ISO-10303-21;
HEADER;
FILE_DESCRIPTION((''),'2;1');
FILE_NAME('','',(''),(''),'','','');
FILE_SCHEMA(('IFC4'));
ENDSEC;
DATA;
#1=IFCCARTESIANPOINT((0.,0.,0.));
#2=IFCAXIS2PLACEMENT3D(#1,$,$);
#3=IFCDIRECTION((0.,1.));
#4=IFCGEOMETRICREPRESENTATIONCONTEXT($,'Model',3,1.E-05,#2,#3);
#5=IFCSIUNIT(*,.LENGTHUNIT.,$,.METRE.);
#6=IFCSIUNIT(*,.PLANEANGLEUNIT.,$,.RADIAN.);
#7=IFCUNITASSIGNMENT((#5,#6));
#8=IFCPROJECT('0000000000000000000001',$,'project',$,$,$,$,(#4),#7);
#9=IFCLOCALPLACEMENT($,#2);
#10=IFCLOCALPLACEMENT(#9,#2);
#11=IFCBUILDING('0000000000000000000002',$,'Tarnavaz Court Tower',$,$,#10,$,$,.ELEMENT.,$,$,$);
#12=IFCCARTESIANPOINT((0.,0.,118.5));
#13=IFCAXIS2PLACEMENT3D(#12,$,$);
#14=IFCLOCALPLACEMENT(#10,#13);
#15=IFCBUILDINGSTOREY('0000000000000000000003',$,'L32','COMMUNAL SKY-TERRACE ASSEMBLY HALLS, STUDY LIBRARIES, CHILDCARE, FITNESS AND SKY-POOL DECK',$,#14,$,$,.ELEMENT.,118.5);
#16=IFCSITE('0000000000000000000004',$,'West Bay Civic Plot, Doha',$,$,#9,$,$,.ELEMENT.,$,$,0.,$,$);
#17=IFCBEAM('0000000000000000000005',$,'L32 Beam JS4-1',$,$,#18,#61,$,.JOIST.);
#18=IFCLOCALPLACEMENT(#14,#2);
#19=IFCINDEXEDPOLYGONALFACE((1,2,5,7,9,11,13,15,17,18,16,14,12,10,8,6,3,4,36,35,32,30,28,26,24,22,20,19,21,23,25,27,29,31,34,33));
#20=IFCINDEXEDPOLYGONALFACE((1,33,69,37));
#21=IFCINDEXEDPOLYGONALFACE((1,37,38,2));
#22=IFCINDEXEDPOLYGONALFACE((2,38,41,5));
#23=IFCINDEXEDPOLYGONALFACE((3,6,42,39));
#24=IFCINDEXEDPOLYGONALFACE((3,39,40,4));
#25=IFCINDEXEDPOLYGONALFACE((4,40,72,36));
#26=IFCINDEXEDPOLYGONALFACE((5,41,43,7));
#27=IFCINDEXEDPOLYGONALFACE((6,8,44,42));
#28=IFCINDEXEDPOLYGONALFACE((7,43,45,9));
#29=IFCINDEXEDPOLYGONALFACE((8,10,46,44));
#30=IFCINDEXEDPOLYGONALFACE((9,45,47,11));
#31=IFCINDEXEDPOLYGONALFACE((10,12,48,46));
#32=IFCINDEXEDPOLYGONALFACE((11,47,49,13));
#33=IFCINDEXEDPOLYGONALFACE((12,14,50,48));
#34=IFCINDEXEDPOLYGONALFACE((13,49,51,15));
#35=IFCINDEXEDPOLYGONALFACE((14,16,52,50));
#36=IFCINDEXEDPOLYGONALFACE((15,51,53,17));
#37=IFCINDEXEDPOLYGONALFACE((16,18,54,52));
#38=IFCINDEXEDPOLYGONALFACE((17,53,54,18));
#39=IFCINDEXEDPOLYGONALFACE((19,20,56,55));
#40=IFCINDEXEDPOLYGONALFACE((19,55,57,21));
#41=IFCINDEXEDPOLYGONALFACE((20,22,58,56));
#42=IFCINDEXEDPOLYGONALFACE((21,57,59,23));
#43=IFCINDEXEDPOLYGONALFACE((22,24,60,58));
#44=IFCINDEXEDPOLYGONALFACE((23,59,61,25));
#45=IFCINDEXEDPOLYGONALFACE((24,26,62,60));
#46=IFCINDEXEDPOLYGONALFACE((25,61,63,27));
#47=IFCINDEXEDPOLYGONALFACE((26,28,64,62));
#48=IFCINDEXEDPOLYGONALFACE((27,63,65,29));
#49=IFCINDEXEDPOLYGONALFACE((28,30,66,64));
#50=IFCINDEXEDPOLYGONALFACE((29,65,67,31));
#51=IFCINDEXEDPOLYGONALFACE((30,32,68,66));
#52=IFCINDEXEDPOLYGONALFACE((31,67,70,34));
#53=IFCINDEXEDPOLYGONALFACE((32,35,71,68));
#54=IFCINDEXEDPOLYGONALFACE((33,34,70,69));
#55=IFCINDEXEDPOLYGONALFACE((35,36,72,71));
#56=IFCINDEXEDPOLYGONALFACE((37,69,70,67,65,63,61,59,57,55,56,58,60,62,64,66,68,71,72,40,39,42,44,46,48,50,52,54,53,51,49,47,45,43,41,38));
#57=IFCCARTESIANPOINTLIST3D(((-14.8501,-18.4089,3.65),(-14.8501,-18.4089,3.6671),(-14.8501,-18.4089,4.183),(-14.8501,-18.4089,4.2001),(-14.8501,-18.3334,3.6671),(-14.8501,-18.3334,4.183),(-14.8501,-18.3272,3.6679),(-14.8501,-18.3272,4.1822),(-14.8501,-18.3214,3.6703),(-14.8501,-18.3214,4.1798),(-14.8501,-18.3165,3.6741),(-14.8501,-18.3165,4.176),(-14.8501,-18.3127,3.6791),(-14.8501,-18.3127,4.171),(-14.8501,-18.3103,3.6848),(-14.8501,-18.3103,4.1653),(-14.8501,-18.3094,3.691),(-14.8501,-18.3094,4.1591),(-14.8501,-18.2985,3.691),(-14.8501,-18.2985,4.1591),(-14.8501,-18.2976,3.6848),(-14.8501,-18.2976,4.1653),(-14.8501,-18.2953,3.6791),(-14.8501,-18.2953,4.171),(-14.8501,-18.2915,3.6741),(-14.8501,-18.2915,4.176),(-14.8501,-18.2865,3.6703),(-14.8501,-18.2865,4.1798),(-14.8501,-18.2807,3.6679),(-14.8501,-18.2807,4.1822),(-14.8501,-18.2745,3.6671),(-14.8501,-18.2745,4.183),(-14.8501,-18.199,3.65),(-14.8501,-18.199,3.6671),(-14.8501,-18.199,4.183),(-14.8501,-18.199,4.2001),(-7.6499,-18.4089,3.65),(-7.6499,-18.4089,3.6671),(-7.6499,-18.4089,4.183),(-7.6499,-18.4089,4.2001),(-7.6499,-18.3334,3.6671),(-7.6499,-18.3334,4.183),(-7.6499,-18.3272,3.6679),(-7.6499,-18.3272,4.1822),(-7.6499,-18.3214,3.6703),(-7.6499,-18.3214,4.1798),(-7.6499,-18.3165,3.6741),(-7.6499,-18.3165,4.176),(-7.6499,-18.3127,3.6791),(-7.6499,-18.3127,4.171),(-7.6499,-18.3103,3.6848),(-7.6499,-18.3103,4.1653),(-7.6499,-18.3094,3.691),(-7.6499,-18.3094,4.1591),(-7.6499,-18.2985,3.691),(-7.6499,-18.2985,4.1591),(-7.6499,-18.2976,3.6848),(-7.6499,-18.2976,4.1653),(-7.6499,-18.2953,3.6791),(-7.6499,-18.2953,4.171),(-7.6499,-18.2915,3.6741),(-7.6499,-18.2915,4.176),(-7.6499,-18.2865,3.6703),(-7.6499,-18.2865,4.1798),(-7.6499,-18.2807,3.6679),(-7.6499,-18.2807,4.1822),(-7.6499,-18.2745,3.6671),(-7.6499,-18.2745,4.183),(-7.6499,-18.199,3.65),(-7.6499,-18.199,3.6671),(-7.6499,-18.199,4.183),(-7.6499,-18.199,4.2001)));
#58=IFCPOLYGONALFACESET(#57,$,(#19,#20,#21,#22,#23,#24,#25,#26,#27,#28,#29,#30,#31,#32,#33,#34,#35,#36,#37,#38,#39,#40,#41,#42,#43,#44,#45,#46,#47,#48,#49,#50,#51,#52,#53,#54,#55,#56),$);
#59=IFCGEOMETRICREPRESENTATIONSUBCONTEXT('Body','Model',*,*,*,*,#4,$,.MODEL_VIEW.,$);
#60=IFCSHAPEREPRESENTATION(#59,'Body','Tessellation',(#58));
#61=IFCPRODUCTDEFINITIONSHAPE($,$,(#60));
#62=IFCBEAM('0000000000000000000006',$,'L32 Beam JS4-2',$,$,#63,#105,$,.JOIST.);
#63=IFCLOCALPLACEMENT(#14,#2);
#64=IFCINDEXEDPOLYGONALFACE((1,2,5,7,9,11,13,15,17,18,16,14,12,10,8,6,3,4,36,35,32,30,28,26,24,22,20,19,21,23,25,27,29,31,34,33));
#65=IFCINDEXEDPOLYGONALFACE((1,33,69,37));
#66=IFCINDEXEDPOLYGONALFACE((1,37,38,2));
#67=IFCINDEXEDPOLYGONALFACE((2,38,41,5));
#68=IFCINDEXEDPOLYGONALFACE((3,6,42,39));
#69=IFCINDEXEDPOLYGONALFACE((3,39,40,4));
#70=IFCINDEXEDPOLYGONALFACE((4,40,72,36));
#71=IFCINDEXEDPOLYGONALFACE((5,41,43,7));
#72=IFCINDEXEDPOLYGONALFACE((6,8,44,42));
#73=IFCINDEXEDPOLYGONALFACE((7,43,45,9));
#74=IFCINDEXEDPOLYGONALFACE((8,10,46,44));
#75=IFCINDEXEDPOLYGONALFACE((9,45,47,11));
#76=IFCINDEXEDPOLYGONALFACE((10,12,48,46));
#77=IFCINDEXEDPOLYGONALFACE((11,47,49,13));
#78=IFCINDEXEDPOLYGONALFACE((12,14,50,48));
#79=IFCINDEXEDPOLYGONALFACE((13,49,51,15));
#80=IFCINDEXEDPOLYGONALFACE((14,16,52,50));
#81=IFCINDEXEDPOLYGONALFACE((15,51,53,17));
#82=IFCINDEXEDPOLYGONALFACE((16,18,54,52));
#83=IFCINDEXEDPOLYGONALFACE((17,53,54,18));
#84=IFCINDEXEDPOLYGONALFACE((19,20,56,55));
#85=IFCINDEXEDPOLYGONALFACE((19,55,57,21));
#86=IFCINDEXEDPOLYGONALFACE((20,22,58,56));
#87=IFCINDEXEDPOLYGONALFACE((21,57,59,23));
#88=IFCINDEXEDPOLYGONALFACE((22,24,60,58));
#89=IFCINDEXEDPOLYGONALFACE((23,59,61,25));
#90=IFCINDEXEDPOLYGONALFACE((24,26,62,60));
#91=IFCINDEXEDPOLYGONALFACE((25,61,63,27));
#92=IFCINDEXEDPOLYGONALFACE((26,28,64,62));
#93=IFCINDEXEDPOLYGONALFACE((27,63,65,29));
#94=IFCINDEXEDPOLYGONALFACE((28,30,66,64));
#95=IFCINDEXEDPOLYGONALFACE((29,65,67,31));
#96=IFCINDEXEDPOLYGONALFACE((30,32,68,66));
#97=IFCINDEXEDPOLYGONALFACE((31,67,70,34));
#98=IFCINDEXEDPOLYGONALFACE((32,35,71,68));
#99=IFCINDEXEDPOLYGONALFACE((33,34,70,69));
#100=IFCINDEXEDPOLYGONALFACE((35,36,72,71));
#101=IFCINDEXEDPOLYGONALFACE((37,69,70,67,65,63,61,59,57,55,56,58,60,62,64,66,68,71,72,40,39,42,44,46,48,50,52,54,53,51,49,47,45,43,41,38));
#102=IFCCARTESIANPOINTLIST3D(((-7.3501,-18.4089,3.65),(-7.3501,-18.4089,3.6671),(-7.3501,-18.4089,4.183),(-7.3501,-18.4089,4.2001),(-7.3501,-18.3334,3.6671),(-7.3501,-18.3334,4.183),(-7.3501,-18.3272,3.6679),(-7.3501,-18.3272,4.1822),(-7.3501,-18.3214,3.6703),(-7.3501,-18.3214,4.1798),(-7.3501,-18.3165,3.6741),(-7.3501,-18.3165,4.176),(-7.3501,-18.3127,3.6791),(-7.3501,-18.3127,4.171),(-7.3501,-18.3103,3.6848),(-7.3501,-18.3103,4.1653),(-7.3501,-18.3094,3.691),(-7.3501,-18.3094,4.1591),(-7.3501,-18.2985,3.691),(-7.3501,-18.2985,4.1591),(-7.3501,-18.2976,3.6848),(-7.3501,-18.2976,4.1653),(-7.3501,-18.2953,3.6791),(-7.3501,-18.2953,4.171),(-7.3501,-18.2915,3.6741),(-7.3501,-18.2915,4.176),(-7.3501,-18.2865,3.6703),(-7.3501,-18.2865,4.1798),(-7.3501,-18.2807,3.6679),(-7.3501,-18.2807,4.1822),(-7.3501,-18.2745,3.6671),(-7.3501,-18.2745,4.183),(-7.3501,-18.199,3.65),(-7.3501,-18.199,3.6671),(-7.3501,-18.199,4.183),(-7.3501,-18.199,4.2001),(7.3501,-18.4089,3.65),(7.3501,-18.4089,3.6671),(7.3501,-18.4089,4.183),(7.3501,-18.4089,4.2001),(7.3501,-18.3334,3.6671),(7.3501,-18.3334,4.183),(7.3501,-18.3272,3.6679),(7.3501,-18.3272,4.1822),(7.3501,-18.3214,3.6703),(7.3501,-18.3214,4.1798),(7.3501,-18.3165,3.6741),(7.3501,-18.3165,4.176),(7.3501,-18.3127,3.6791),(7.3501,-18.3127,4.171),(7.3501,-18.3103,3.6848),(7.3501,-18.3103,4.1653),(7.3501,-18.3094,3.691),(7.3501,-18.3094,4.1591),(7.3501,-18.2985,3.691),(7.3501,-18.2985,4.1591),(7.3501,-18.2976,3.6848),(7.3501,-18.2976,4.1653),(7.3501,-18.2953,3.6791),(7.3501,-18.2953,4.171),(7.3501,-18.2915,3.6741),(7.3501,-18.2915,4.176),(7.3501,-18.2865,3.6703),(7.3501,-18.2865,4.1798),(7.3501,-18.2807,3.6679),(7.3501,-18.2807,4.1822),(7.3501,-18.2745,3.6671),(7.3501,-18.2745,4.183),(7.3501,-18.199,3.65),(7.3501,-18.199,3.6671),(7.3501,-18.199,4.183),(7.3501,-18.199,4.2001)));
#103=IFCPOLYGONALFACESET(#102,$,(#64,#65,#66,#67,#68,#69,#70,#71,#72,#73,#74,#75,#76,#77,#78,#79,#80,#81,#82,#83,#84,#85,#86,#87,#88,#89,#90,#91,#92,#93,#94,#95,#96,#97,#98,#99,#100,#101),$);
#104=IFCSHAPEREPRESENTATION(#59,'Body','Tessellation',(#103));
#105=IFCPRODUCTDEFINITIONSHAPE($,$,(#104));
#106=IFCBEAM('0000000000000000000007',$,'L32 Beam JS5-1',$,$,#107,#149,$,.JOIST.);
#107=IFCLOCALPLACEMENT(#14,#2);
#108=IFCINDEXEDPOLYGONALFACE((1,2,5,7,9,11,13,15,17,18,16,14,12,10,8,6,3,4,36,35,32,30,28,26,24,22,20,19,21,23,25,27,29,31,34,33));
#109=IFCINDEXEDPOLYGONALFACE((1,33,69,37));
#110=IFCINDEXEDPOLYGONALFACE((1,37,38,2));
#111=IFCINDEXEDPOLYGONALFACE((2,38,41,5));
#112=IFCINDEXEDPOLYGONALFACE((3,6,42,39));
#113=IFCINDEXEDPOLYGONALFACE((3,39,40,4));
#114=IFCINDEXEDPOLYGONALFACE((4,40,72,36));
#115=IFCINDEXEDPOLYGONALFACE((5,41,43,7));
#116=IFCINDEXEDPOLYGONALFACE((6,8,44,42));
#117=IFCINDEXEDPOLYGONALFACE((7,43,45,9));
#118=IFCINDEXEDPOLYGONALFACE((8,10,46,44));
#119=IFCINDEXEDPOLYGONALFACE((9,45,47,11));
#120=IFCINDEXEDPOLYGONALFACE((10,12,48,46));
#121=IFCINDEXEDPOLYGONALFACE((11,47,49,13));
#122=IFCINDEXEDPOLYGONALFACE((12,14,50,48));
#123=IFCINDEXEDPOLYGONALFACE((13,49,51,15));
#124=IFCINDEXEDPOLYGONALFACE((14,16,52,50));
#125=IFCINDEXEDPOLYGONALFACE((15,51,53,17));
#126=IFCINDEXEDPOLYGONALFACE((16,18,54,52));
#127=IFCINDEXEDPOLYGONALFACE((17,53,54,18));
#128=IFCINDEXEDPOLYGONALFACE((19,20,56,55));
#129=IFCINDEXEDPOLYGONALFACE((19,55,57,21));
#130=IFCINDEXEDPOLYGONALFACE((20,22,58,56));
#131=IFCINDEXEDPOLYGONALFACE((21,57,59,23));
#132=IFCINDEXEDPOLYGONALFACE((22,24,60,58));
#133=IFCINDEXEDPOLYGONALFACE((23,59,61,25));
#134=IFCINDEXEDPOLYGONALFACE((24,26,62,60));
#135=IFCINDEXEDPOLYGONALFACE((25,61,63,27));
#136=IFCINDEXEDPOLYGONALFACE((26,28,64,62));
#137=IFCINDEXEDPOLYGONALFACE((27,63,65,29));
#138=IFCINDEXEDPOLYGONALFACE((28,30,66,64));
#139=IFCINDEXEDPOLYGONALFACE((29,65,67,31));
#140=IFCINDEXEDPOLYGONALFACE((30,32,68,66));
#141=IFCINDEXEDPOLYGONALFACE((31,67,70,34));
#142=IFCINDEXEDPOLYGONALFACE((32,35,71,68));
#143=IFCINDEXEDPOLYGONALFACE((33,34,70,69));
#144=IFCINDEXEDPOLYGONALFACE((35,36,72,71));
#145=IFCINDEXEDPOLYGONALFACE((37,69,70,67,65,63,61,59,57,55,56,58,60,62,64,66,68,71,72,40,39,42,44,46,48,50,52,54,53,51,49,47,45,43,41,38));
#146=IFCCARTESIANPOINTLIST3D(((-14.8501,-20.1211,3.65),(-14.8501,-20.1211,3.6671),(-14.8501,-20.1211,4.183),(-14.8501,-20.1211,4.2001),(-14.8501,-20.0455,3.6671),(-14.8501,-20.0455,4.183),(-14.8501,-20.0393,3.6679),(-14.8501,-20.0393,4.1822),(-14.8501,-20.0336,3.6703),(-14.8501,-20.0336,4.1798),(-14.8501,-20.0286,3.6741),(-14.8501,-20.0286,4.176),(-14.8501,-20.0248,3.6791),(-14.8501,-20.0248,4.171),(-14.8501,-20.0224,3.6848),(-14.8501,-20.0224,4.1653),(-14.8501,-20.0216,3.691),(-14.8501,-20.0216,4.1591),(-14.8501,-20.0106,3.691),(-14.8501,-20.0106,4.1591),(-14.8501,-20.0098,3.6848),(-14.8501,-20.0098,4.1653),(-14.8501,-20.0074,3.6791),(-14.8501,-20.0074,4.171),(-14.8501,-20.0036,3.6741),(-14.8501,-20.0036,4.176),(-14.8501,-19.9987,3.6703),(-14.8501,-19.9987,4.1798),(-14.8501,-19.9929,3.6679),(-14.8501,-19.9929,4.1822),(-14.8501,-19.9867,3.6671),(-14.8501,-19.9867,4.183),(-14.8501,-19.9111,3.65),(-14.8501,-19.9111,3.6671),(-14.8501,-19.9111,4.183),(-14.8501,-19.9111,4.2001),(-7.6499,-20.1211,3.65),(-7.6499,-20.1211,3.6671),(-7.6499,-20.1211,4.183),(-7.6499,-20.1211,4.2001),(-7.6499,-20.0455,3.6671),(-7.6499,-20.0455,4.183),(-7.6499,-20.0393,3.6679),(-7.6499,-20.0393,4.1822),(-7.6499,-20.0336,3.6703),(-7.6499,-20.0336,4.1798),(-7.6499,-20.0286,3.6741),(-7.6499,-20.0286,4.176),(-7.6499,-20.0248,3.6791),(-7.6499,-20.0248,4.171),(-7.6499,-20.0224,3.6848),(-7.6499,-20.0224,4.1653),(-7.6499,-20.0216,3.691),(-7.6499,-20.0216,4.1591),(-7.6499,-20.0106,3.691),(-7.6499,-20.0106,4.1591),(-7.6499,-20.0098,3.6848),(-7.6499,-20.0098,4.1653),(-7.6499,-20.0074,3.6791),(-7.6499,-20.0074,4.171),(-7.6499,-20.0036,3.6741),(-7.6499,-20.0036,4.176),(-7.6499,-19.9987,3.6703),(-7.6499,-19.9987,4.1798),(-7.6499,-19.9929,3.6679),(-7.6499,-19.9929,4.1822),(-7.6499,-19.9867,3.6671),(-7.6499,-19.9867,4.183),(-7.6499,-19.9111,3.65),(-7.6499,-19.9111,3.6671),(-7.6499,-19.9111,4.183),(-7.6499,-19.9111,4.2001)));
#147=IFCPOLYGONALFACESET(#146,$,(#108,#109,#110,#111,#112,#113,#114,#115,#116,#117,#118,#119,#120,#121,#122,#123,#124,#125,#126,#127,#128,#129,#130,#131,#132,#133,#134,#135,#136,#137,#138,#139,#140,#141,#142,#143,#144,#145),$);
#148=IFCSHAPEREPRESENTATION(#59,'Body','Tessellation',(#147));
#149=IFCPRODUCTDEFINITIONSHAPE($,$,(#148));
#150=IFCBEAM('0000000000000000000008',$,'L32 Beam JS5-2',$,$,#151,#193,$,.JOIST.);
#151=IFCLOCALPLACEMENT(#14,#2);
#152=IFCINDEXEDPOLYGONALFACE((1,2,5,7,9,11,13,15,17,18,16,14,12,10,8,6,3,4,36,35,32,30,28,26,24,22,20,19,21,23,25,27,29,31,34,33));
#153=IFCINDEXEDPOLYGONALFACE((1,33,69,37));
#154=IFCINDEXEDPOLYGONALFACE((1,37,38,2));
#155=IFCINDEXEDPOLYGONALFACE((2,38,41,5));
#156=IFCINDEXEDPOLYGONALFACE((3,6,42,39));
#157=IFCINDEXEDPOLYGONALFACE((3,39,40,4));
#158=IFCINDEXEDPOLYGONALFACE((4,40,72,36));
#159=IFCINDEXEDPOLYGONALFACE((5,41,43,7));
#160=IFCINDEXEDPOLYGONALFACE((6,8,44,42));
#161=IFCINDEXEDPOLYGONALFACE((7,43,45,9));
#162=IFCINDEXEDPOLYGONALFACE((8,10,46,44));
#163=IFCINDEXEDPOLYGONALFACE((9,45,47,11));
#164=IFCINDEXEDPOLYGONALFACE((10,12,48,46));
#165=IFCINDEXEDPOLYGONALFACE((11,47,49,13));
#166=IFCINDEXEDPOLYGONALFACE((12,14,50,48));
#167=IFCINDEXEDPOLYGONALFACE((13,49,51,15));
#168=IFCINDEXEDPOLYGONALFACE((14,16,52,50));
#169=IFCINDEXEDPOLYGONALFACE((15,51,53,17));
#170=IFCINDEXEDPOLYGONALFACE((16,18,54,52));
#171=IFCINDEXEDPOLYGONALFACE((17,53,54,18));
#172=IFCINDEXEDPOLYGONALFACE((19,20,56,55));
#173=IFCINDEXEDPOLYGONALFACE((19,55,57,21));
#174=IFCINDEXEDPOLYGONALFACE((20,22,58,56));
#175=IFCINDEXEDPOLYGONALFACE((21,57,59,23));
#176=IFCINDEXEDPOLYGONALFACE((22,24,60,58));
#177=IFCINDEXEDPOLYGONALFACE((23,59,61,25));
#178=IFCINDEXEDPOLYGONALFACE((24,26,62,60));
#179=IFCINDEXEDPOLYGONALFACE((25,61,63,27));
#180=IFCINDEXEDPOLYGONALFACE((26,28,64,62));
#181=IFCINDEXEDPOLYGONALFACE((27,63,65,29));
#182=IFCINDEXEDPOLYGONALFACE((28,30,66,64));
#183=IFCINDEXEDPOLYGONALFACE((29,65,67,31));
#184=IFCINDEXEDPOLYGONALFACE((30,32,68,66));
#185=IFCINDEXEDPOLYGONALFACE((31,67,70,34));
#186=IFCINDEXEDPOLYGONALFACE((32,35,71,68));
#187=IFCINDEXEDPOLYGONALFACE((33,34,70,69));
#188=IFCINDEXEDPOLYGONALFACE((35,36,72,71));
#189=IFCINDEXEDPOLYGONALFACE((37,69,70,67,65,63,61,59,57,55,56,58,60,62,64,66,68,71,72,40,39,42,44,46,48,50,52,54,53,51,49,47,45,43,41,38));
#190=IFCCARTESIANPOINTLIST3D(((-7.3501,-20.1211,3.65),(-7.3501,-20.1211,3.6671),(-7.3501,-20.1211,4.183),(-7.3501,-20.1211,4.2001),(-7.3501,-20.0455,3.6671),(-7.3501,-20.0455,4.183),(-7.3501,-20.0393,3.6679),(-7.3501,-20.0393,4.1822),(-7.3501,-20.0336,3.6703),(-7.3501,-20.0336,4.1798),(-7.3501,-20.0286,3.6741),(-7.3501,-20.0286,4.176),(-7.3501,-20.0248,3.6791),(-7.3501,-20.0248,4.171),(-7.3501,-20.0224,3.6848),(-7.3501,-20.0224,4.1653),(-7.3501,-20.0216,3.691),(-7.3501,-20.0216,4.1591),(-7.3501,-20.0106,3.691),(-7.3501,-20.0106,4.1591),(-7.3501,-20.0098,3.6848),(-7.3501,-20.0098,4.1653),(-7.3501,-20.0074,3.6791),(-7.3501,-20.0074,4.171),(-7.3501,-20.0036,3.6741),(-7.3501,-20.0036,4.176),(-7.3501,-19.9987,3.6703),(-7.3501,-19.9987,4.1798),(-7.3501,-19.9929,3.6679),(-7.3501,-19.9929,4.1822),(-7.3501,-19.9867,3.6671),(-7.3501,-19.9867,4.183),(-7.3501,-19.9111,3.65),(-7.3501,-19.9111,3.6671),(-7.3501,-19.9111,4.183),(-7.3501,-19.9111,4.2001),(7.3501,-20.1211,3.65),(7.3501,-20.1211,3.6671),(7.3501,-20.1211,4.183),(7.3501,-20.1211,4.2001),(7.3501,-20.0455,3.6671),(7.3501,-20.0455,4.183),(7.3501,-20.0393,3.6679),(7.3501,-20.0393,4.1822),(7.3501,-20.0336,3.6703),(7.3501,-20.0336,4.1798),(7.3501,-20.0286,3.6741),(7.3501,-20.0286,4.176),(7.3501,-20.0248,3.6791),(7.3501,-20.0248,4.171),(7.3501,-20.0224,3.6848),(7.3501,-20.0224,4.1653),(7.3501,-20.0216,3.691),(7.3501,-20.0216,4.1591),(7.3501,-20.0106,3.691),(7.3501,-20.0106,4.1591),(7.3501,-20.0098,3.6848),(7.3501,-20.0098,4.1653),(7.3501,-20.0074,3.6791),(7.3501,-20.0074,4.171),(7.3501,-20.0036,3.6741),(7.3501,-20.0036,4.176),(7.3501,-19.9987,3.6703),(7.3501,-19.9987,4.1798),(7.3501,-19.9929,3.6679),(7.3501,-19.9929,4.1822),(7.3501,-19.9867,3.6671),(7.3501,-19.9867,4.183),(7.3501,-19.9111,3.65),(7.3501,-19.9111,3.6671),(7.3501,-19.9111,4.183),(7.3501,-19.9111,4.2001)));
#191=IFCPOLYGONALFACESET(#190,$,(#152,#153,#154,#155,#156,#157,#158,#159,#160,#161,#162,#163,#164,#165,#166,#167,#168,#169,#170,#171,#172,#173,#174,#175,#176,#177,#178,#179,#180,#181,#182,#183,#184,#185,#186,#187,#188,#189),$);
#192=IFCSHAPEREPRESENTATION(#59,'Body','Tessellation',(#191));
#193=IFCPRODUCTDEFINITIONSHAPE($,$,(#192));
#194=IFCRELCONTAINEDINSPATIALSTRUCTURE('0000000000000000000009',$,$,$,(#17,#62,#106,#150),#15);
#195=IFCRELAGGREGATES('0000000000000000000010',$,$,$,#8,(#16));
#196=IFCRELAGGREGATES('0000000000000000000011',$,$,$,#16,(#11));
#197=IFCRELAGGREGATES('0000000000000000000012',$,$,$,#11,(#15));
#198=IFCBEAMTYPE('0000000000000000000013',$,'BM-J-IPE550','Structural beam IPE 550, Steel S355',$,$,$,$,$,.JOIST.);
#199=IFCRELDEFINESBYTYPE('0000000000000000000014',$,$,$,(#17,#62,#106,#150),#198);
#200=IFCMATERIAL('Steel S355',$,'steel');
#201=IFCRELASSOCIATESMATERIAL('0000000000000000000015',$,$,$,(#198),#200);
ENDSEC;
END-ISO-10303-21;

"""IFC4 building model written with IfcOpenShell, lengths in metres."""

from ifc_helpers import new_model, si_unit, direction, frame, origin, origin_2d, place, context, subcontext, project, spatial, i_section, extrude, material, material_profile, profile_set, type_object, element, save


model = new_model("IFC4")

# Units and contexts
model_context = context("Model", 3, precision=1e-05, world=origin(), true_north=direction((0.0, 1.0)))
body_context = subcontext(model_context, "Body", "Model", "MODEL_VIEW")
ifc_project = project(units=[si_unit("LENGTHUNIT", "METRE"), si_unit("PLANEANGLEUNIT", "RADIAN")], contexts=[model_context])

# Site, building, storey
site_placement = place(None, origin())
site = spatial("IfcSite", under=ifc_project, at=site_placement, Name="West Bay Civic Plot, Doha", CompositionType="ELEMENT", RefElevation=0.0)
building_placement = place(site_placement, origin())
building = spatial("IfcBuilding", under=site, at=building_placement, Name="Tarnavaz Court Tower", CompositionType="ELEMENT")
storey_placement = place(building_placement, frame((0.0, 0.0, 118.5)))
storey = spatial("IfcBuildingStorey", under=building, at=storey_placement, Name="L32", Description="COMMUNAL SKY-TERRACE ASSEMBLY HALLS, STUDY LIBRARIES, CHILDCARE, FITNESS AND SKY-POOL DECK", CompositionType="ELEMENT", Elevation=118.5)

# Beams
ifc_material_1 = material(Name="Steel S355", Category="steel")
ifc_material_profile_1 = material_profile(ifc_material_1, i_section(OverallWidth=0.21, OverallDepth=0.55, WebThickness=0.011, FlangeThickness=0.0171, FilletRadius=0.0239, at=origin_2d()), Name="IPE 550")
ifc_profile_set_1 = profile_set([ifc_material_profile_1], Name="Steel S355")
beam_type_1 = type_object("IfcBeamType", Name="BM-J-IPE550", Description="Structural beam IPE 550, Steel S355", PredefinedType="JOIST", material=ifc_profile_set_1)
beam_1_placement = place(storey_placement, frame((-14.8501, -18.304, 3.925), z_axis=(1.0, 0.0, 0.0), x_axis=(0.0, 1.0, 0.0)))
element("IfcBeam", 1, at=beam_1_placement, inside=storey, type_object=beam_type_1, Name="L32 Beam JS4-1", PredefinedType="JOIST", context=body_context, shape_type="SweptSolid", body=[
    extrude(i_section(OverallWidth=0.21, OverallDepth=0.55, WebThickness=0.011, FlangeThickness=0.0171, FilletRadius=0.0239, at=origin_2d()), origin(), (0.0, 0.0, 1.0), 7.2002),
])
beam_2_placement = place(storey_placement, frame((-7.3501, -18.304, 3.925), z_axis=(1.0, 0.0, 0.0), x_axis=(0.0, 1.0, 0.0)))
element("IfcBeam", 2, at=beam_2_placement, inside=storey, type_object=beam_type_1, Name="L32 Beam JS4-2", PredefinedType="JOIST", context=body_context, shape_type="SweptSolid", body=[
    extrude(i_section(OverallWidth=0.21, OverallDepth=0.55, WebThickness=0.011, FlangeThickness=0.0171, FilletRadius=0.0239, at=origin_2d()), origin(), (0.0, 0.0, 1.0), 14.7002),
])
beam_3_placement = place(storey_placement, frame((-14.8501, -20.0161, 3.925), z_axis=(1.0, 0.0, 0.0), x_axis=(0.0, 1.0, 0.0)))
element("IfcBeam", 3, at=beam_3_placement, inside=storey, type_object=beam_type_1, Name="L32 Beam JS5-1", PredefinedType="JOIST", context=body_context, shape_type="SweptSolid", body=[
    extrude(i_section(OverallWidth=0.21, OverallDepth=0.55, WebThickness=0.011, FlangeThickness=0.0171, FilletRadius=0.0239, at=origin_2d()), origin(), (0.0, 0.0, 1.0), 7.2002),
])
beam_4_placement = place(storey_placement, frame((-7.3501, -20.0161, 3.925), z_axis=(1.0, 0.0, 0.0), x_axis=(0.0, 1.0, 0.0)))
element("IfcBeam", 4, at=beam_4_placement, inside=storey, type_object=beam_type_1, Name="L32 Beam JS5-2", PredefinedType="JOIST", context=body_context, shape_type="SweptSolid", body=[
    extrude(i_section(OverallWidth=0.21, OverallDepth=0.55, WebThickness=0.011, FlangeThickness=0.0171, FilletRadius=0.0239, at=origin_2d()), origin(), (0.0, 0.0, 1.0), 14.7002),
])

save(model, "model.ifc")
